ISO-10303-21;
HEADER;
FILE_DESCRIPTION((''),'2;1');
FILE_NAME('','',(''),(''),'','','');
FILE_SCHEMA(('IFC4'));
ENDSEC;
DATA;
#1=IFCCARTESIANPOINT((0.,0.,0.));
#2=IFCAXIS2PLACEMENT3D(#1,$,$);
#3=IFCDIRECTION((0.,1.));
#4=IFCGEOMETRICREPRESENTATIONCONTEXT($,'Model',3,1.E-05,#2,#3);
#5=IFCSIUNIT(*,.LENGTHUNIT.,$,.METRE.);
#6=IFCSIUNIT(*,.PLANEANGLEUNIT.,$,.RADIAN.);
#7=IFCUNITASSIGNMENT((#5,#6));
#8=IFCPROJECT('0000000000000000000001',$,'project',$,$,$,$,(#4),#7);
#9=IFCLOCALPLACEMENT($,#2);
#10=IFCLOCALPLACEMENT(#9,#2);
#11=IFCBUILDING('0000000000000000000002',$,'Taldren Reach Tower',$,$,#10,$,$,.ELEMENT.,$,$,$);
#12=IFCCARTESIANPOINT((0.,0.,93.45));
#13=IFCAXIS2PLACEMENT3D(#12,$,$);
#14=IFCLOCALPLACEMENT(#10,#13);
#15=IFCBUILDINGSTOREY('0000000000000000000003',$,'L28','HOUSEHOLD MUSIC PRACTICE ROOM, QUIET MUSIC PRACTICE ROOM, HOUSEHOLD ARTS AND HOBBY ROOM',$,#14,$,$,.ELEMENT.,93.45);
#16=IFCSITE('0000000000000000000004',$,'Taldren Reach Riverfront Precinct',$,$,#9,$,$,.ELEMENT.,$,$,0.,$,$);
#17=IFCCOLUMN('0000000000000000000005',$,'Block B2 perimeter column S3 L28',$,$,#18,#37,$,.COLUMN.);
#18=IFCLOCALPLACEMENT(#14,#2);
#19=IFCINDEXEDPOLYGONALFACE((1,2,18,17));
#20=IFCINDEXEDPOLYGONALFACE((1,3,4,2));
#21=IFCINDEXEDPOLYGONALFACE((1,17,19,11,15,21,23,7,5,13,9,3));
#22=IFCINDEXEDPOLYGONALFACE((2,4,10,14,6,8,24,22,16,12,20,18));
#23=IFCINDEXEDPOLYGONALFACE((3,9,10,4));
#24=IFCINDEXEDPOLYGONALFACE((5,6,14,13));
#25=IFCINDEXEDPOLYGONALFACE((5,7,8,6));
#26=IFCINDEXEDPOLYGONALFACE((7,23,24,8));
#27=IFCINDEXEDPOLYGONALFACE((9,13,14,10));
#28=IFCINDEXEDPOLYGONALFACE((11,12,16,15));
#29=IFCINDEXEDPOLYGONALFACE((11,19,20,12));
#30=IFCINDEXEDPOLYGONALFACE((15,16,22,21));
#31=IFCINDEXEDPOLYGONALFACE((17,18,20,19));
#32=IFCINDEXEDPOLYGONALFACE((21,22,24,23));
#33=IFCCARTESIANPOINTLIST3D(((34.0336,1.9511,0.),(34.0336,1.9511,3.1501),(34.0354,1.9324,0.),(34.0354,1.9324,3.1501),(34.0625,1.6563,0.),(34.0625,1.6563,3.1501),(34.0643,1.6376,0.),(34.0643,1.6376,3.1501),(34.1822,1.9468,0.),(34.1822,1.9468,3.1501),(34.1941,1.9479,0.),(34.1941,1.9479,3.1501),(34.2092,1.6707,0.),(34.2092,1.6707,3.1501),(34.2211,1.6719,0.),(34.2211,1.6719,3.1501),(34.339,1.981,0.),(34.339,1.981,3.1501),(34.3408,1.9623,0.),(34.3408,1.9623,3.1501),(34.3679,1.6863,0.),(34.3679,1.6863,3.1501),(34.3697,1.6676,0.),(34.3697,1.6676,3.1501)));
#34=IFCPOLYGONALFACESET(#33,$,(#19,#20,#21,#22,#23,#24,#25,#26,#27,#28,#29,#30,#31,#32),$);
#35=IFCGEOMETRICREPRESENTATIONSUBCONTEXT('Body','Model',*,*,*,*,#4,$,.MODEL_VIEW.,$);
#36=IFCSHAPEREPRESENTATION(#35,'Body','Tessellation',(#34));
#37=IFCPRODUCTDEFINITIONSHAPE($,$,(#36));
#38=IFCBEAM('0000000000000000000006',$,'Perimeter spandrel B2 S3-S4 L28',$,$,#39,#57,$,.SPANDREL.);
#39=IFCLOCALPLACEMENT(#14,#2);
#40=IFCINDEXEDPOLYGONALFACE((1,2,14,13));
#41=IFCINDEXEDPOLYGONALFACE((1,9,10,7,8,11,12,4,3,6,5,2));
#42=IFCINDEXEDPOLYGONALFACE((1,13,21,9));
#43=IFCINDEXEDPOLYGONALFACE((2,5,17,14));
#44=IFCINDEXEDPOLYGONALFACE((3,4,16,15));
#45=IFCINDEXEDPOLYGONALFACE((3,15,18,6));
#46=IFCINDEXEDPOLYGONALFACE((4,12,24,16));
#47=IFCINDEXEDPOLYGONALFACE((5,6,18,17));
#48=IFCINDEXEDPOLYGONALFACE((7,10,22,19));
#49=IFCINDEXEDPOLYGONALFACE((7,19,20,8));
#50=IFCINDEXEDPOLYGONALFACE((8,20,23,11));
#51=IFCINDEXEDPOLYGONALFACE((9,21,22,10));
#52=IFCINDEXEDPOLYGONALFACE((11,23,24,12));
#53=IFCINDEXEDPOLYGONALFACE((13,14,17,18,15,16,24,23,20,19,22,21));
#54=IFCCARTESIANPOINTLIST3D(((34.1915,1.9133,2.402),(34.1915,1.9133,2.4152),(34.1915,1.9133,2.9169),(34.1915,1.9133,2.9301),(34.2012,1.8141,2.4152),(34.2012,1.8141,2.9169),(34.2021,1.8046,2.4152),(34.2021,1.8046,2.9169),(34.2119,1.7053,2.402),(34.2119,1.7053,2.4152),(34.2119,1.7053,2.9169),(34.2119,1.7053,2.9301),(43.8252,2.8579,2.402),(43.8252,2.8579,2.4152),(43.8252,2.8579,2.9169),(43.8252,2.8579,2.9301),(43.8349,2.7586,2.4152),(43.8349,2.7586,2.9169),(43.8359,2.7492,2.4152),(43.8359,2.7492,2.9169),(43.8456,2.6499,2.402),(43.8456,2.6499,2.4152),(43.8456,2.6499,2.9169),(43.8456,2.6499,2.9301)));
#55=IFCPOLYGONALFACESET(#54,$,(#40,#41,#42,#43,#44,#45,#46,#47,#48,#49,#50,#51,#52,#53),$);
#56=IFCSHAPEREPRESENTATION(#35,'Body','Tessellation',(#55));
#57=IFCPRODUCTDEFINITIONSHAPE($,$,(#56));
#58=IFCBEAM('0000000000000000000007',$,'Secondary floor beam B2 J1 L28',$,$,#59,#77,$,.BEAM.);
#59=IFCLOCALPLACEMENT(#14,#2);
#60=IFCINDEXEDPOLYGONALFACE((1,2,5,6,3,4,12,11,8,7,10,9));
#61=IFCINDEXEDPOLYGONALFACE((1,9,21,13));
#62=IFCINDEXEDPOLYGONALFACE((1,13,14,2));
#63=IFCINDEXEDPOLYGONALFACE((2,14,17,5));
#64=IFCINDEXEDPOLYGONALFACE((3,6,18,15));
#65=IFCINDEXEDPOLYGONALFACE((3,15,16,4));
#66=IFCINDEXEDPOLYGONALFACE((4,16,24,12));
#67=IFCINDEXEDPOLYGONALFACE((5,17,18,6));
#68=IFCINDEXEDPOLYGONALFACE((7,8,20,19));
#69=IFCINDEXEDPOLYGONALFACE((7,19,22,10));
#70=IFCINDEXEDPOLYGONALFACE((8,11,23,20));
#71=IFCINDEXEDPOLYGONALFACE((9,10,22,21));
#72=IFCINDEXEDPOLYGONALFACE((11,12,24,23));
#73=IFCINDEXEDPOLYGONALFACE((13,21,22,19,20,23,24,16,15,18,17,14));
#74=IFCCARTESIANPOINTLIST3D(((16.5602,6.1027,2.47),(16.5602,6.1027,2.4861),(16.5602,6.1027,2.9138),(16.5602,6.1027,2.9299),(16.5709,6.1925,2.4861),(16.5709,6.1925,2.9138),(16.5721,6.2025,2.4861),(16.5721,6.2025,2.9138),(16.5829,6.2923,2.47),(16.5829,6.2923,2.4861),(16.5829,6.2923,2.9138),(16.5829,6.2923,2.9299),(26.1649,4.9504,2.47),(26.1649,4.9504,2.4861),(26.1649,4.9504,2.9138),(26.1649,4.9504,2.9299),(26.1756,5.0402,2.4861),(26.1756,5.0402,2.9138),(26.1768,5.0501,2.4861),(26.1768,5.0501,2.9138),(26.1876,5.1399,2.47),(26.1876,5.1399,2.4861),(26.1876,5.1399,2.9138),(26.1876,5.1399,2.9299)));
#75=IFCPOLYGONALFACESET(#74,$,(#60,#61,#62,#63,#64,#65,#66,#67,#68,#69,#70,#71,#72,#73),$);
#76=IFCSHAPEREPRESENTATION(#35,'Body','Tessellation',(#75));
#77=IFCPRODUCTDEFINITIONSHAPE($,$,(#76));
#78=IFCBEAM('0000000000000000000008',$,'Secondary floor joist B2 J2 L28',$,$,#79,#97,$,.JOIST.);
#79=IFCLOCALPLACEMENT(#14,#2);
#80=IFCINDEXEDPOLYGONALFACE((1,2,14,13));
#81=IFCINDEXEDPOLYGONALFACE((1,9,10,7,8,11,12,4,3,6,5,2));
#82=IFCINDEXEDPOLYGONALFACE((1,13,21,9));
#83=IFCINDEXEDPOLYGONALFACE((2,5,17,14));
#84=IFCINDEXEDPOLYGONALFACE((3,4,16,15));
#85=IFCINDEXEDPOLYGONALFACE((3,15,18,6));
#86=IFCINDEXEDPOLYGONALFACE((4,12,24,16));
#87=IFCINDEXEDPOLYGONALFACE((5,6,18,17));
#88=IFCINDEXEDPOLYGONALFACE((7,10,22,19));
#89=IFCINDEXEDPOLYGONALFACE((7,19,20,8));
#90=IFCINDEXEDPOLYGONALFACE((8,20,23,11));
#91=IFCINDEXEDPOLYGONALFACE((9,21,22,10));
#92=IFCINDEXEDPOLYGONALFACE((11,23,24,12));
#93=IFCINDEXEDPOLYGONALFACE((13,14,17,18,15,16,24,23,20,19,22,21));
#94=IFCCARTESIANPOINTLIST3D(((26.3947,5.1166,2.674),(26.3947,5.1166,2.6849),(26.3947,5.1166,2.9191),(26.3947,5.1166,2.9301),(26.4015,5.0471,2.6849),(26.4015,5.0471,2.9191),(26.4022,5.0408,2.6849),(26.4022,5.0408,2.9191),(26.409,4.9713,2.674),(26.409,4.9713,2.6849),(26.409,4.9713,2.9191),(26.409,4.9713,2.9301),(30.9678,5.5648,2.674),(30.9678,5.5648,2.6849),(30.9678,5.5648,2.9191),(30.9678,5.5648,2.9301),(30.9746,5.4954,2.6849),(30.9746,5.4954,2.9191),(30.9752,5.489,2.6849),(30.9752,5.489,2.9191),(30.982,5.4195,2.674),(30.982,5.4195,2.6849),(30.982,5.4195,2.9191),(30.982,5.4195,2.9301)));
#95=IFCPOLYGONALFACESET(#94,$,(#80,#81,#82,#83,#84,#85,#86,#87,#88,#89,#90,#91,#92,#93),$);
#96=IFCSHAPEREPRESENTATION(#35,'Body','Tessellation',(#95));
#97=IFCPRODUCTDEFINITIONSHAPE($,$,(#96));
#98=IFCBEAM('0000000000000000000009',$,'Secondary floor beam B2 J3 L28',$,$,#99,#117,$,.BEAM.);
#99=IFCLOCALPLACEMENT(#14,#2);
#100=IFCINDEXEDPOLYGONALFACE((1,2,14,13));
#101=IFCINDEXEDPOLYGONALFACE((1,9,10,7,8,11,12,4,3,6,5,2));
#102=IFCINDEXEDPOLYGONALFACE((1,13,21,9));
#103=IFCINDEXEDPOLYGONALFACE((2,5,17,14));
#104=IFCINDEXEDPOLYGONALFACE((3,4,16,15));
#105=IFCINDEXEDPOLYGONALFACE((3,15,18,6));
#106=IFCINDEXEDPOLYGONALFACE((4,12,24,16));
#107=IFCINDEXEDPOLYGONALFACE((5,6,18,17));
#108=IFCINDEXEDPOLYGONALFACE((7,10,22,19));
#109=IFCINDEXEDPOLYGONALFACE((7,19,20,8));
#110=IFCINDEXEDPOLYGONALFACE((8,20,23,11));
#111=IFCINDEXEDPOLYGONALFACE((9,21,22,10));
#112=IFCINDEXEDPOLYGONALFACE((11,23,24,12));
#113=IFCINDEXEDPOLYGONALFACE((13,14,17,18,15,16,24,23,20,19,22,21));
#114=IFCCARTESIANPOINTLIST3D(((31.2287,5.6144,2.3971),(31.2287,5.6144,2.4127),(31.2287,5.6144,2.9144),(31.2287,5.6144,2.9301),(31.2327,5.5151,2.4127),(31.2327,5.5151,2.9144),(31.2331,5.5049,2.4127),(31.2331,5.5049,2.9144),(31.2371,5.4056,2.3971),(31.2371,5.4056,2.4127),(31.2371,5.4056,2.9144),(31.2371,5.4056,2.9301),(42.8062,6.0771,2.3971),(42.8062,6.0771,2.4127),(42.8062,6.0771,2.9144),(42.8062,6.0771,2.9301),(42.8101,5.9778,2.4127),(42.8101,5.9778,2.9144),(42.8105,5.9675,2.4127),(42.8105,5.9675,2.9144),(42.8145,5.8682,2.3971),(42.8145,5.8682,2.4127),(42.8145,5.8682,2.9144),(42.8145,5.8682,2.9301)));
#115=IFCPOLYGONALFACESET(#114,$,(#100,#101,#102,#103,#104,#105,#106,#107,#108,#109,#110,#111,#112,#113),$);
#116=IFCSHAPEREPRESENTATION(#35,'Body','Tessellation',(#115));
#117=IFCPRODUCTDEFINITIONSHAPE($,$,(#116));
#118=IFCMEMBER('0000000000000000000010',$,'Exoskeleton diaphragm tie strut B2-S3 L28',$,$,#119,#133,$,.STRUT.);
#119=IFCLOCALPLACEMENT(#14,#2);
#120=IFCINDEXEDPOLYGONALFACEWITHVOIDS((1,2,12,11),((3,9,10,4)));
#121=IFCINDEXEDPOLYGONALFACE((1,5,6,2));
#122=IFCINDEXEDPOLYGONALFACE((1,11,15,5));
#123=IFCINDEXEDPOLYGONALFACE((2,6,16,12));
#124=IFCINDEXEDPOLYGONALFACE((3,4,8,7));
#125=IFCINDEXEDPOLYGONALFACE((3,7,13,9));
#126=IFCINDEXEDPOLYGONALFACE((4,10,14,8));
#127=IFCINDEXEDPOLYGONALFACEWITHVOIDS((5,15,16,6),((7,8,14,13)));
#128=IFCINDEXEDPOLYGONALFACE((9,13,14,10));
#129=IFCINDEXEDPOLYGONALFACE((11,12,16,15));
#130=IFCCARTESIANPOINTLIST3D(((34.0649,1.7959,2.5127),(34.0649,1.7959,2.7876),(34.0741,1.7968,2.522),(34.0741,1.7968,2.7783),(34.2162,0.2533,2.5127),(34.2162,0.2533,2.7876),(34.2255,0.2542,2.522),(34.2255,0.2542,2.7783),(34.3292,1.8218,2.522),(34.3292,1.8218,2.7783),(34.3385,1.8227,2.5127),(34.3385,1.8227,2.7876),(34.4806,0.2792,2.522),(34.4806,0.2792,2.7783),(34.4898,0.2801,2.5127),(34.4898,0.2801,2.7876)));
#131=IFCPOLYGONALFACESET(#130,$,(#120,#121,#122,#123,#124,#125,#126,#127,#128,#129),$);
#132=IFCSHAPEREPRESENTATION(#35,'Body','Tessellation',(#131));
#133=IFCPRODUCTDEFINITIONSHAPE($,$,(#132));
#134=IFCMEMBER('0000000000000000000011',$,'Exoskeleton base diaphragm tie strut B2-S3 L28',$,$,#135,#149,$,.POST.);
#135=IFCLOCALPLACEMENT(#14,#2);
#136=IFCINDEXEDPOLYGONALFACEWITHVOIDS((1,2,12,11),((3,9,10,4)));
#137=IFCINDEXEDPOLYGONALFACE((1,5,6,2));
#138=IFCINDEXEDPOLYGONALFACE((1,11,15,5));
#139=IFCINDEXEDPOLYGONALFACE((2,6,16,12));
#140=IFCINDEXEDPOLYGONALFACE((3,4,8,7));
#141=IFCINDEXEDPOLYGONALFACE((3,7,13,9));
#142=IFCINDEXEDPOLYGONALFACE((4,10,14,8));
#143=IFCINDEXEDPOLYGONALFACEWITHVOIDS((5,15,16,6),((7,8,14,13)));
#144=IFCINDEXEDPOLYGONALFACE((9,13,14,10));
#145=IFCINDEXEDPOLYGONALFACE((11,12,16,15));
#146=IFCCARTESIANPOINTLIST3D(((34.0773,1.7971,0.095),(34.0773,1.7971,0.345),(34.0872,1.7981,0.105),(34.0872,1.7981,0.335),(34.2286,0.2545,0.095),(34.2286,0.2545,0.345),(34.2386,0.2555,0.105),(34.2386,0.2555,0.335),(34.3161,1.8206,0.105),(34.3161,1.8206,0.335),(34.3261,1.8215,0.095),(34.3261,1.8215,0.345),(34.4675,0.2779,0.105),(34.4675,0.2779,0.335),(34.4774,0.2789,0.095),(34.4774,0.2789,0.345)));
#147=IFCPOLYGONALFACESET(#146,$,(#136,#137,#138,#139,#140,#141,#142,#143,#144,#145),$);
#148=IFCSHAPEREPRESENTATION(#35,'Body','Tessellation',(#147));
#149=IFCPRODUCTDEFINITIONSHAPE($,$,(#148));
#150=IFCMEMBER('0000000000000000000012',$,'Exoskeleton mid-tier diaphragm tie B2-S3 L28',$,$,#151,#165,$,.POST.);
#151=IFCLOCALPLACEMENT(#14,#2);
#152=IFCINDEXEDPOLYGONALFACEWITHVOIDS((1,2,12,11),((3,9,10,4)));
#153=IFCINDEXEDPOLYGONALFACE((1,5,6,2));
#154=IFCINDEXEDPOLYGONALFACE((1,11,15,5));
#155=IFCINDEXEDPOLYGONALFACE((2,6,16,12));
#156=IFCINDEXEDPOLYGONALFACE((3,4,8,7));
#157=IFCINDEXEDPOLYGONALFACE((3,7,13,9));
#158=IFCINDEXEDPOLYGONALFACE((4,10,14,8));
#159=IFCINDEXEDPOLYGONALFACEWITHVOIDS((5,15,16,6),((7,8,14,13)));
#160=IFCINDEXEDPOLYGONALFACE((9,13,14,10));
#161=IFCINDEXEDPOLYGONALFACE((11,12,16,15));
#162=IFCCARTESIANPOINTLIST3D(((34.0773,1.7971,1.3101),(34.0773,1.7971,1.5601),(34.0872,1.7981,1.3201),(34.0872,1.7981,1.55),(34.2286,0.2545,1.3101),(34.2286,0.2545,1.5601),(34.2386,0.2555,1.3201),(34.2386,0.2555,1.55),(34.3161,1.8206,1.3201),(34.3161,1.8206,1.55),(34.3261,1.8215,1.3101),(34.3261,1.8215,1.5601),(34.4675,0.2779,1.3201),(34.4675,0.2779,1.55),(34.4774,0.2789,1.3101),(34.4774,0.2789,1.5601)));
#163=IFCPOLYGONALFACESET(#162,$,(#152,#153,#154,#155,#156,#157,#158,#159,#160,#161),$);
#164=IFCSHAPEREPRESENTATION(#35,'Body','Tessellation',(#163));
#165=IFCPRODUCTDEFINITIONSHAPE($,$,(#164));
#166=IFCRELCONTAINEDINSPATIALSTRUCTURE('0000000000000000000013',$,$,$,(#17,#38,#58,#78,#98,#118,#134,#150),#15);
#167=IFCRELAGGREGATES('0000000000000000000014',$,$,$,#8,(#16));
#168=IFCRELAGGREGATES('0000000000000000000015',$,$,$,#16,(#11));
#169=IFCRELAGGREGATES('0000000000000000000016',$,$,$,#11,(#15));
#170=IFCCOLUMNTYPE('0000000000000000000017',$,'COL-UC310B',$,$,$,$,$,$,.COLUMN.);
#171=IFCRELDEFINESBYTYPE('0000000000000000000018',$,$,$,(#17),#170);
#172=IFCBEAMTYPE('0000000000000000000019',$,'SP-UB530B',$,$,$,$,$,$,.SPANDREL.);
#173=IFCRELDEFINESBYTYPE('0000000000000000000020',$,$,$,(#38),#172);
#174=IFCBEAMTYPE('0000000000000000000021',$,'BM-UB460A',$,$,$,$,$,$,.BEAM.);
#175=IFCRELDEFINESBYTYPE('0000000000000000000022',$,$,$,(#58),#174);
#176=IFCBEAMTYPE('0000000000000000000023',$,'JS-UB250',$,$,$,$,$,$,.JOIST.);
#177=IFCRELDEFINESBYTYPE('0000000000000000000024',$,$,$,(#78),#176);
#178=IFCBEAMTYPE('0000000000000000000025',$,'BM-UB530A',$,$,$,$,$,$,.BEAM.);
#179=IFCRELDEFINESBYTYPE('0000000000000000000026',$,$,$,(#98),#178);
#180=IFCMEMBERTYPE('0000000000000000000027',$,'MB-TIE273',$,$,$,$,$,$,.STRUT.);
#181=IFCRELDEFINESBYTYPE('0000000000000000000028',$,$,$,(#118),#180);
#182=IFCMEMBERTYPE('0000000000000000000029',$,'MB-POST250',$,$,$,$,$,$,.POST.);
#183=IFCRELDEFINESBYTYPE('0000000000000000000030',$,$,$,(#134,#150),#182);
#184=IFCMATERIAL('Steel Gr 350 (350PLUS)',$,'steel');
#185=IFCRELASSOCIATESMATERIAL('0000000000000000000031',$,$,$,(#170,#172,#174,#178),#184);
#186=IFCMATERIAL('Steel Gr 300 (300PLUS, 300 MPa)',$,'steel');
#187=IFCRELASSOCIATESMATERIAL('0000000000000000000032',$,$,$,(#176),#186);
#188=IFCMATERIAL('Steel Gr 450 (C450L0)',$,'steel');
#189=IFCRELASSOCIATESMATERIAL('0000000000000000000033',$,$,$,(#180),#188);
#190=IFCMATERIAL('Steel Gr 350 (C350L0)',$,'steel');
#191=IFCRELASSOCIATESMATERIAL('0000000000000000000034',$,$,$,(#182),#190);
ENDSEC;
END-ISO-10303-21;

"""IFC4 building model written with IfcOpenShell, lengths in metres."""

from ifc_helpers import new_model, si_unit, direction, frame, origin, origin_2d, place, context, subcontext, project, spatial, hollow_rectangle, i_section, extrude, source, transform, mapped, material, material_profile, profile_set, type_object, element, save


model = new_model("IFC4")

# Units and contexts
model_context = context("Model", 3, precision=1e-05, world=origin(), true_north=direction((0.0, 1.0)))
body_context = subcontext(model_context, "Body", "Model", "MODEL_VIEW")
ifc_project = project(units=[si_unit("LENGTHUNIT", "METRE"), si_unit("PLANEANGLEUNIT", "RADIAN")], contexts=[model_context])

# Site, building, storey
site_placement = place(None, origin())
site = spatial("IfcSite", under=ifc_project, at=site_placement, Name="Taldren Reach Riverfront Precinct", CompositionType="ELEMENT", RefElevation=0.0)
building_placement = place(site_placement, origin())
building = spatial("IfcBuilding", under=site, at=building_placement, Name="Taldren Reach Tower", CompositionType="ELEMENT")
storey_placement = place(building_placement, frame((0.0, 0.0, 93.45)))
storey = spatial("IfcBuildingStorey", under=building, at=storey_placement, Name="L28", Description="HOUSEHOLD MUSIC PRACTICE ROOM, QUIET MUSIC PRACTICE ROOM, HOUSEHOLD ARTS AND HOBBY ROOM", CompositionType="ELEMENT", Elevation=93.45)

# Column
ifc_material_1 = material(Name="Steel Gr 350 (350PLUS)", Category="steel")
ifc_material_profile_1 = material_profile(ifc_material_1, i_section(OverallWidth=0.3069, OverallDepth=0.3149, WebThickness=0.012, FlangeThickness=0.0188, at=origin_2d()), Name="310UC118")
ifc_profile_set_1 = profile_set([ifc_material_profile_1], Name="Steel Gr 350 (350PLUS)")
column_type = type_object("IfcColumnType", Name="COL-UC310B", PredefinedType="COLUMN", material=ifc_profile_set_1)
shared_shape_1 = source(origin(), body_context, "Body", "SweptSolid", [
    extrude(i_section(OverallWidth=0.3069, OverallDepth=0.3149, WebThickness=0.012, FlangeThickness=0.0188, at=origin_2d()), origin(), (0.0, 0.0, 1.0), 3.1501),
])
column_placement = place(storey_placement, frame((34.2017, 1.8093, 0.0), z_axis=(0.0, 0.0, 1.0), x_axis=(0.995227, 0.097583, 0.0)))
element("IfcColumn", 1, at=column_placement, inside=storey, type_object=column_type, Name="Block B2 perimeter column S3 L28", PredefinedType="COLUMN", context=body_context, shape_type="MappedRepresentation", body=[
    mapped(shared_shape_1, transform((0.0, 0.0, 0.0), scale=1.0)),
])

# Beams
ifc_material_profile_2 = material_profile(ifc_material_1, i_section(OverallWidth=0.209, OverallDepth=0.5281, WebThickness=0.0095, FlangeThickness=0.0132, at=origin_2d()), Name="530UB82.0")
ifc_profile_set_2 = profile_set([ifc_material_profile_2], Name="Steel Gr 350 (350PLUS)")
beam_type_1 = type_object("IfcBeamType", Name="SP-UB530B", PredefinedType="SPANDREL", material=ifc_profile_set_2)
shared_shape_2 = source(origin(), body_context, "Body", "SweptSolid", [
    extrude(i_section(OverallWidth=0.209, OverallDepth=0.5281, WebThickness=0.0095, FlangeThickness=0.0132, at=origin_2d()), origin(), (0.0, 0.0, 1.0), 9.6799),
])
beam_1_placement = place(storey_placement, frame((34.2017, 1.8093, 2.666), z_axis=(0.995228, 0.097581, 0.0), x_axis=(-0.097581, 0.995228, 0.0)))
element("IfcBeam", 2, at=beam_1_placement, inside=storey, type_object=beam_type_1, Name="Perimeter spandrel B2 S3-S4 L28", PredefinedType="SPANDREL", context=body_context, shape_type="MappedRepresentation", body=[
    mapped(shared_shape_2, transform((0.0, 0.0, 0.0), scale=1.0)),
])
ifc_material_profile_3 = material_profile(ifc_material_1, i_section(OverallWidth=0.1909, OverallDepth=0.46, WebThickness=0.01, FlangeThickness=0.0161, at=origin_2d()), Name="460UB82.1")
ifc_profile_set_3 = profile_set([ifc_material_profile_3], Name="Steel Gr 350 (350PLUS)")
beam_type_2 = type_object("IfcBeamType", Name="BM-UB460A", PredefinedType="BEAM", material=ifc_profile_set_3)
shared_shape_3 = source(origin(), body_context, "Body", "SweptSolid", [
    extrude(i_section(OverallWidth=0.1909, OverallDepth=0.46, WebThickness=0.01, FlangeThickness=0.0161, at=origin_2d()), origin(), (0.0, 0.0, 1.0), 9.6736),
])
beam_2_placement = place(storey_placement, frame((16.5715, 6.1975, 2.7), z_axis=(0.99288, -0.119122, 0.0), x_axis=(0.119122, 0.99288, 0.0)))
element("IfcBeam", 3, at=beam_2_placement, inside=storey, type_object=beam_type_2, Name="Secondary floor beam B2 J1 L28", PredefinedType="BEAM", context=body_context, shape_type="MappedRepresentation", body=[
    mapped(shared_shape_3, transform((0.0, 0.0, 0.0), scale=1.0)),
])
ifc_material_2 = material(Name="Steel Gr 300 (300PLUS, 300 MPa)", Category="steel")
ifc_material_profile_4 = material_profile(ifc_material_2, i_section(OverallWidth=0.146, OverallDepth=0.2561, WebThickness=0.0063, FlangeThickness=0.011, at=origin_2d()), Name="250UB37.3")
ifc_profile_set_4 = profile_set([ifc_material_profile_4], Name="Steel Gr 300 (300PLUS, 300 MPa)")
beam_type_3 = type_object("IfcBeamType", Name="JS-UB250", PredefinedType="JOIST", material=ifc_profile_set_4)
shared_shape_4 = source(origin(), body_context, "Body", "SweptSolid", [
    extrude(i_section(OverallWidth=0.146, OverallDepth=0.2561, WebThickness=0.0063, FlangeThickness=0.011, at=origin_2d()), origin(), (0.0, 0.0, 1.0), 4.595),
])
beam_3_placement = place(storey_placement, frame((26.4019, 5.0439, 2.802), z_axis=(0.99523, 0.097552, 0.0), x_axis=(-0.097552, 0.99523, 0.0)))
element("IfcBeam", 4, at=beam_3_placement, inside=storey, type_object=beam_type_3, Name="Secondary floor joist B2 J2 L28", PredefinedType="JOIST", context=body_context, shape_type="MappedRepresentation", body=[
    mapped(shared_shape_4, transform((0.0, 0.0, 0.0), scale=1.0)),
])
ifc_material_profile_5 = material_profile(ifc_material_1, i_section(OverallWidth=0.209, OverallDepth=0.533, WebThickness=0.0103, FlangeThickness=0.0156, at=origin_2d()), Name="530UB92.4")
ifc_profile_set_5 = profile_set([ifc_material_profile_5], Name="Steel Gr 350 (350PLUS)")
beam_type_4 = type_object("IfcBeamType", Name="BM-UB530A", PredefinedType="BEAM", material=ifc_profile_set_5)
shared_shape_5 = source(origin(), body_context, "Body", "SweptSolid", [
    extrude(i_section(OverallWidth=0.209, OverallDepth=0.533, WebThickness=0.0103, FlangeThickness=0.0156, at=origin_2d()), origin(), (0.0, 0.0, 1.0), 11.5867),
])
beam_4_placement = place(storey_placement, frame((31.2329, 5.51, 2.6636), z_axis=(0.999203, 0.039929, 0.0), x_axis=(-0.039929, 0.999203, 0.0)))
element("IfcBeam", 5, at=beam_4_placement, inside=storey, type_object=beam_type_4, Name="Secondary floor beam B2 J3 L28", PredefinedType="BEAM", context=body_context, shape_type="MappedRepresentation", body=[
    mapped(shared_shape_5, transform((0.0, 0.0, 0.0), scale=1.0)),
])

# Members
ifc_material_3 = material(Name="Steel Gr 450 (C450L0)", Category="steel")
ifc_material_profile_6 = material_profile(ifc_material_3, hollow_rectangle(XDim=0.2749, YDim=0.2749, WallThickness=0.0093, at=origin_2d()), Name="275x275x9.3SHS")
ifc_profile_set_6 = profile_set([ifc_material_profile_6], Name="Steel Gr 450 (C450L0)")
member_type_1 = type_object("IfcMemberType", Name="MB-TIE273", PredefinedType="STRUT", material=ifc_profile_set_6)
shared_shape_6 = source(origin(), body_context, "Body", "SweptSolid", [
    extrude(hollow_rectangle(XDim=0.2749, YDim=0.2749, WallThickness=0.0093, at=origin_2d()), origin(), (0.0, 0.0, 1.0), 1.55),
])
member_1_placement = place(storey_placement, frame((34.2017, 1.8093, 2.6501), z_axis=(0.097648, -0.995221, 0.0), x_axis=(0.995221, 0.097648, 0.0)))
element("IfcMember", 6, at=member_1_placement, inside=storey, type_object=member_type_1, Name="Exoskeleton diaphragm tie strut B2-S3 L28", PredefinedType="STRUT", context=body_context, shape_type="MappedRepresentation", body=[
    mapped(shared_shape_6, transform((0.0, 0.0, 0.0), scale=1.0)),
])
ifc_material_4 = material(Name="Steel Gr 350 (C350L0)", Category="steel")
ifc_material_profile_7 = material_profile(ifc_material_4, hollow_rectangle(XDim=0.25, YDim=0.25, WallThickness=0.01, at=origin_2d()), Name="250x250x10.0SHS")
ifc_profile_set_7 = profile_set([ifc_material_profile_7], Name="Steel Gr 350 (C350L0)")
member_type_2 = type_object("IfcMemberType", Name="MB-POST250", PredefinedType="POST", material=ifc_profile_set_7)
shared_shape_7 = source(origin(), body_context, "Body", "SweptSolid", [
    extrude(hollow_rectangle(XDim=0.25, YDim=0.25, WallThickness=0.01, at=origin_2d()), origin(), (0.0, 0.0, 1.0), 1.55),
])
for number, where, z_axis, x_axis, name in (
    (7, (34.2017, 1.8093, 0.22), (0.097648, -0.995221, 0.0), (0.995221, 0.097648, 0.0), "Exoskeleton base diaphragm tie strut B2-S3 L28"),
    (8, (34.2017, 1.8093, 1.4351), (0.097648, -0.995221, 0.0), (0.995221, 0.097648, 0.0), "Exoskeleton mid-tier diaphragm tie B2-S3 L28"),
):
    element("IfcMember", number, at=place(storey_placement, frame(where, z_axis=z_axis, x_axis=x_axis)), inside=storey, type_object=member_type_2, Name=name, PredefinedType="POST", context=body_context, shape_type="MappedRepresentation", body=[
        mapped(shared_shape_7, transform((0.0, 0.0, 0.0), scale=1.0)),
    ])

save(model, "model.ifc")
